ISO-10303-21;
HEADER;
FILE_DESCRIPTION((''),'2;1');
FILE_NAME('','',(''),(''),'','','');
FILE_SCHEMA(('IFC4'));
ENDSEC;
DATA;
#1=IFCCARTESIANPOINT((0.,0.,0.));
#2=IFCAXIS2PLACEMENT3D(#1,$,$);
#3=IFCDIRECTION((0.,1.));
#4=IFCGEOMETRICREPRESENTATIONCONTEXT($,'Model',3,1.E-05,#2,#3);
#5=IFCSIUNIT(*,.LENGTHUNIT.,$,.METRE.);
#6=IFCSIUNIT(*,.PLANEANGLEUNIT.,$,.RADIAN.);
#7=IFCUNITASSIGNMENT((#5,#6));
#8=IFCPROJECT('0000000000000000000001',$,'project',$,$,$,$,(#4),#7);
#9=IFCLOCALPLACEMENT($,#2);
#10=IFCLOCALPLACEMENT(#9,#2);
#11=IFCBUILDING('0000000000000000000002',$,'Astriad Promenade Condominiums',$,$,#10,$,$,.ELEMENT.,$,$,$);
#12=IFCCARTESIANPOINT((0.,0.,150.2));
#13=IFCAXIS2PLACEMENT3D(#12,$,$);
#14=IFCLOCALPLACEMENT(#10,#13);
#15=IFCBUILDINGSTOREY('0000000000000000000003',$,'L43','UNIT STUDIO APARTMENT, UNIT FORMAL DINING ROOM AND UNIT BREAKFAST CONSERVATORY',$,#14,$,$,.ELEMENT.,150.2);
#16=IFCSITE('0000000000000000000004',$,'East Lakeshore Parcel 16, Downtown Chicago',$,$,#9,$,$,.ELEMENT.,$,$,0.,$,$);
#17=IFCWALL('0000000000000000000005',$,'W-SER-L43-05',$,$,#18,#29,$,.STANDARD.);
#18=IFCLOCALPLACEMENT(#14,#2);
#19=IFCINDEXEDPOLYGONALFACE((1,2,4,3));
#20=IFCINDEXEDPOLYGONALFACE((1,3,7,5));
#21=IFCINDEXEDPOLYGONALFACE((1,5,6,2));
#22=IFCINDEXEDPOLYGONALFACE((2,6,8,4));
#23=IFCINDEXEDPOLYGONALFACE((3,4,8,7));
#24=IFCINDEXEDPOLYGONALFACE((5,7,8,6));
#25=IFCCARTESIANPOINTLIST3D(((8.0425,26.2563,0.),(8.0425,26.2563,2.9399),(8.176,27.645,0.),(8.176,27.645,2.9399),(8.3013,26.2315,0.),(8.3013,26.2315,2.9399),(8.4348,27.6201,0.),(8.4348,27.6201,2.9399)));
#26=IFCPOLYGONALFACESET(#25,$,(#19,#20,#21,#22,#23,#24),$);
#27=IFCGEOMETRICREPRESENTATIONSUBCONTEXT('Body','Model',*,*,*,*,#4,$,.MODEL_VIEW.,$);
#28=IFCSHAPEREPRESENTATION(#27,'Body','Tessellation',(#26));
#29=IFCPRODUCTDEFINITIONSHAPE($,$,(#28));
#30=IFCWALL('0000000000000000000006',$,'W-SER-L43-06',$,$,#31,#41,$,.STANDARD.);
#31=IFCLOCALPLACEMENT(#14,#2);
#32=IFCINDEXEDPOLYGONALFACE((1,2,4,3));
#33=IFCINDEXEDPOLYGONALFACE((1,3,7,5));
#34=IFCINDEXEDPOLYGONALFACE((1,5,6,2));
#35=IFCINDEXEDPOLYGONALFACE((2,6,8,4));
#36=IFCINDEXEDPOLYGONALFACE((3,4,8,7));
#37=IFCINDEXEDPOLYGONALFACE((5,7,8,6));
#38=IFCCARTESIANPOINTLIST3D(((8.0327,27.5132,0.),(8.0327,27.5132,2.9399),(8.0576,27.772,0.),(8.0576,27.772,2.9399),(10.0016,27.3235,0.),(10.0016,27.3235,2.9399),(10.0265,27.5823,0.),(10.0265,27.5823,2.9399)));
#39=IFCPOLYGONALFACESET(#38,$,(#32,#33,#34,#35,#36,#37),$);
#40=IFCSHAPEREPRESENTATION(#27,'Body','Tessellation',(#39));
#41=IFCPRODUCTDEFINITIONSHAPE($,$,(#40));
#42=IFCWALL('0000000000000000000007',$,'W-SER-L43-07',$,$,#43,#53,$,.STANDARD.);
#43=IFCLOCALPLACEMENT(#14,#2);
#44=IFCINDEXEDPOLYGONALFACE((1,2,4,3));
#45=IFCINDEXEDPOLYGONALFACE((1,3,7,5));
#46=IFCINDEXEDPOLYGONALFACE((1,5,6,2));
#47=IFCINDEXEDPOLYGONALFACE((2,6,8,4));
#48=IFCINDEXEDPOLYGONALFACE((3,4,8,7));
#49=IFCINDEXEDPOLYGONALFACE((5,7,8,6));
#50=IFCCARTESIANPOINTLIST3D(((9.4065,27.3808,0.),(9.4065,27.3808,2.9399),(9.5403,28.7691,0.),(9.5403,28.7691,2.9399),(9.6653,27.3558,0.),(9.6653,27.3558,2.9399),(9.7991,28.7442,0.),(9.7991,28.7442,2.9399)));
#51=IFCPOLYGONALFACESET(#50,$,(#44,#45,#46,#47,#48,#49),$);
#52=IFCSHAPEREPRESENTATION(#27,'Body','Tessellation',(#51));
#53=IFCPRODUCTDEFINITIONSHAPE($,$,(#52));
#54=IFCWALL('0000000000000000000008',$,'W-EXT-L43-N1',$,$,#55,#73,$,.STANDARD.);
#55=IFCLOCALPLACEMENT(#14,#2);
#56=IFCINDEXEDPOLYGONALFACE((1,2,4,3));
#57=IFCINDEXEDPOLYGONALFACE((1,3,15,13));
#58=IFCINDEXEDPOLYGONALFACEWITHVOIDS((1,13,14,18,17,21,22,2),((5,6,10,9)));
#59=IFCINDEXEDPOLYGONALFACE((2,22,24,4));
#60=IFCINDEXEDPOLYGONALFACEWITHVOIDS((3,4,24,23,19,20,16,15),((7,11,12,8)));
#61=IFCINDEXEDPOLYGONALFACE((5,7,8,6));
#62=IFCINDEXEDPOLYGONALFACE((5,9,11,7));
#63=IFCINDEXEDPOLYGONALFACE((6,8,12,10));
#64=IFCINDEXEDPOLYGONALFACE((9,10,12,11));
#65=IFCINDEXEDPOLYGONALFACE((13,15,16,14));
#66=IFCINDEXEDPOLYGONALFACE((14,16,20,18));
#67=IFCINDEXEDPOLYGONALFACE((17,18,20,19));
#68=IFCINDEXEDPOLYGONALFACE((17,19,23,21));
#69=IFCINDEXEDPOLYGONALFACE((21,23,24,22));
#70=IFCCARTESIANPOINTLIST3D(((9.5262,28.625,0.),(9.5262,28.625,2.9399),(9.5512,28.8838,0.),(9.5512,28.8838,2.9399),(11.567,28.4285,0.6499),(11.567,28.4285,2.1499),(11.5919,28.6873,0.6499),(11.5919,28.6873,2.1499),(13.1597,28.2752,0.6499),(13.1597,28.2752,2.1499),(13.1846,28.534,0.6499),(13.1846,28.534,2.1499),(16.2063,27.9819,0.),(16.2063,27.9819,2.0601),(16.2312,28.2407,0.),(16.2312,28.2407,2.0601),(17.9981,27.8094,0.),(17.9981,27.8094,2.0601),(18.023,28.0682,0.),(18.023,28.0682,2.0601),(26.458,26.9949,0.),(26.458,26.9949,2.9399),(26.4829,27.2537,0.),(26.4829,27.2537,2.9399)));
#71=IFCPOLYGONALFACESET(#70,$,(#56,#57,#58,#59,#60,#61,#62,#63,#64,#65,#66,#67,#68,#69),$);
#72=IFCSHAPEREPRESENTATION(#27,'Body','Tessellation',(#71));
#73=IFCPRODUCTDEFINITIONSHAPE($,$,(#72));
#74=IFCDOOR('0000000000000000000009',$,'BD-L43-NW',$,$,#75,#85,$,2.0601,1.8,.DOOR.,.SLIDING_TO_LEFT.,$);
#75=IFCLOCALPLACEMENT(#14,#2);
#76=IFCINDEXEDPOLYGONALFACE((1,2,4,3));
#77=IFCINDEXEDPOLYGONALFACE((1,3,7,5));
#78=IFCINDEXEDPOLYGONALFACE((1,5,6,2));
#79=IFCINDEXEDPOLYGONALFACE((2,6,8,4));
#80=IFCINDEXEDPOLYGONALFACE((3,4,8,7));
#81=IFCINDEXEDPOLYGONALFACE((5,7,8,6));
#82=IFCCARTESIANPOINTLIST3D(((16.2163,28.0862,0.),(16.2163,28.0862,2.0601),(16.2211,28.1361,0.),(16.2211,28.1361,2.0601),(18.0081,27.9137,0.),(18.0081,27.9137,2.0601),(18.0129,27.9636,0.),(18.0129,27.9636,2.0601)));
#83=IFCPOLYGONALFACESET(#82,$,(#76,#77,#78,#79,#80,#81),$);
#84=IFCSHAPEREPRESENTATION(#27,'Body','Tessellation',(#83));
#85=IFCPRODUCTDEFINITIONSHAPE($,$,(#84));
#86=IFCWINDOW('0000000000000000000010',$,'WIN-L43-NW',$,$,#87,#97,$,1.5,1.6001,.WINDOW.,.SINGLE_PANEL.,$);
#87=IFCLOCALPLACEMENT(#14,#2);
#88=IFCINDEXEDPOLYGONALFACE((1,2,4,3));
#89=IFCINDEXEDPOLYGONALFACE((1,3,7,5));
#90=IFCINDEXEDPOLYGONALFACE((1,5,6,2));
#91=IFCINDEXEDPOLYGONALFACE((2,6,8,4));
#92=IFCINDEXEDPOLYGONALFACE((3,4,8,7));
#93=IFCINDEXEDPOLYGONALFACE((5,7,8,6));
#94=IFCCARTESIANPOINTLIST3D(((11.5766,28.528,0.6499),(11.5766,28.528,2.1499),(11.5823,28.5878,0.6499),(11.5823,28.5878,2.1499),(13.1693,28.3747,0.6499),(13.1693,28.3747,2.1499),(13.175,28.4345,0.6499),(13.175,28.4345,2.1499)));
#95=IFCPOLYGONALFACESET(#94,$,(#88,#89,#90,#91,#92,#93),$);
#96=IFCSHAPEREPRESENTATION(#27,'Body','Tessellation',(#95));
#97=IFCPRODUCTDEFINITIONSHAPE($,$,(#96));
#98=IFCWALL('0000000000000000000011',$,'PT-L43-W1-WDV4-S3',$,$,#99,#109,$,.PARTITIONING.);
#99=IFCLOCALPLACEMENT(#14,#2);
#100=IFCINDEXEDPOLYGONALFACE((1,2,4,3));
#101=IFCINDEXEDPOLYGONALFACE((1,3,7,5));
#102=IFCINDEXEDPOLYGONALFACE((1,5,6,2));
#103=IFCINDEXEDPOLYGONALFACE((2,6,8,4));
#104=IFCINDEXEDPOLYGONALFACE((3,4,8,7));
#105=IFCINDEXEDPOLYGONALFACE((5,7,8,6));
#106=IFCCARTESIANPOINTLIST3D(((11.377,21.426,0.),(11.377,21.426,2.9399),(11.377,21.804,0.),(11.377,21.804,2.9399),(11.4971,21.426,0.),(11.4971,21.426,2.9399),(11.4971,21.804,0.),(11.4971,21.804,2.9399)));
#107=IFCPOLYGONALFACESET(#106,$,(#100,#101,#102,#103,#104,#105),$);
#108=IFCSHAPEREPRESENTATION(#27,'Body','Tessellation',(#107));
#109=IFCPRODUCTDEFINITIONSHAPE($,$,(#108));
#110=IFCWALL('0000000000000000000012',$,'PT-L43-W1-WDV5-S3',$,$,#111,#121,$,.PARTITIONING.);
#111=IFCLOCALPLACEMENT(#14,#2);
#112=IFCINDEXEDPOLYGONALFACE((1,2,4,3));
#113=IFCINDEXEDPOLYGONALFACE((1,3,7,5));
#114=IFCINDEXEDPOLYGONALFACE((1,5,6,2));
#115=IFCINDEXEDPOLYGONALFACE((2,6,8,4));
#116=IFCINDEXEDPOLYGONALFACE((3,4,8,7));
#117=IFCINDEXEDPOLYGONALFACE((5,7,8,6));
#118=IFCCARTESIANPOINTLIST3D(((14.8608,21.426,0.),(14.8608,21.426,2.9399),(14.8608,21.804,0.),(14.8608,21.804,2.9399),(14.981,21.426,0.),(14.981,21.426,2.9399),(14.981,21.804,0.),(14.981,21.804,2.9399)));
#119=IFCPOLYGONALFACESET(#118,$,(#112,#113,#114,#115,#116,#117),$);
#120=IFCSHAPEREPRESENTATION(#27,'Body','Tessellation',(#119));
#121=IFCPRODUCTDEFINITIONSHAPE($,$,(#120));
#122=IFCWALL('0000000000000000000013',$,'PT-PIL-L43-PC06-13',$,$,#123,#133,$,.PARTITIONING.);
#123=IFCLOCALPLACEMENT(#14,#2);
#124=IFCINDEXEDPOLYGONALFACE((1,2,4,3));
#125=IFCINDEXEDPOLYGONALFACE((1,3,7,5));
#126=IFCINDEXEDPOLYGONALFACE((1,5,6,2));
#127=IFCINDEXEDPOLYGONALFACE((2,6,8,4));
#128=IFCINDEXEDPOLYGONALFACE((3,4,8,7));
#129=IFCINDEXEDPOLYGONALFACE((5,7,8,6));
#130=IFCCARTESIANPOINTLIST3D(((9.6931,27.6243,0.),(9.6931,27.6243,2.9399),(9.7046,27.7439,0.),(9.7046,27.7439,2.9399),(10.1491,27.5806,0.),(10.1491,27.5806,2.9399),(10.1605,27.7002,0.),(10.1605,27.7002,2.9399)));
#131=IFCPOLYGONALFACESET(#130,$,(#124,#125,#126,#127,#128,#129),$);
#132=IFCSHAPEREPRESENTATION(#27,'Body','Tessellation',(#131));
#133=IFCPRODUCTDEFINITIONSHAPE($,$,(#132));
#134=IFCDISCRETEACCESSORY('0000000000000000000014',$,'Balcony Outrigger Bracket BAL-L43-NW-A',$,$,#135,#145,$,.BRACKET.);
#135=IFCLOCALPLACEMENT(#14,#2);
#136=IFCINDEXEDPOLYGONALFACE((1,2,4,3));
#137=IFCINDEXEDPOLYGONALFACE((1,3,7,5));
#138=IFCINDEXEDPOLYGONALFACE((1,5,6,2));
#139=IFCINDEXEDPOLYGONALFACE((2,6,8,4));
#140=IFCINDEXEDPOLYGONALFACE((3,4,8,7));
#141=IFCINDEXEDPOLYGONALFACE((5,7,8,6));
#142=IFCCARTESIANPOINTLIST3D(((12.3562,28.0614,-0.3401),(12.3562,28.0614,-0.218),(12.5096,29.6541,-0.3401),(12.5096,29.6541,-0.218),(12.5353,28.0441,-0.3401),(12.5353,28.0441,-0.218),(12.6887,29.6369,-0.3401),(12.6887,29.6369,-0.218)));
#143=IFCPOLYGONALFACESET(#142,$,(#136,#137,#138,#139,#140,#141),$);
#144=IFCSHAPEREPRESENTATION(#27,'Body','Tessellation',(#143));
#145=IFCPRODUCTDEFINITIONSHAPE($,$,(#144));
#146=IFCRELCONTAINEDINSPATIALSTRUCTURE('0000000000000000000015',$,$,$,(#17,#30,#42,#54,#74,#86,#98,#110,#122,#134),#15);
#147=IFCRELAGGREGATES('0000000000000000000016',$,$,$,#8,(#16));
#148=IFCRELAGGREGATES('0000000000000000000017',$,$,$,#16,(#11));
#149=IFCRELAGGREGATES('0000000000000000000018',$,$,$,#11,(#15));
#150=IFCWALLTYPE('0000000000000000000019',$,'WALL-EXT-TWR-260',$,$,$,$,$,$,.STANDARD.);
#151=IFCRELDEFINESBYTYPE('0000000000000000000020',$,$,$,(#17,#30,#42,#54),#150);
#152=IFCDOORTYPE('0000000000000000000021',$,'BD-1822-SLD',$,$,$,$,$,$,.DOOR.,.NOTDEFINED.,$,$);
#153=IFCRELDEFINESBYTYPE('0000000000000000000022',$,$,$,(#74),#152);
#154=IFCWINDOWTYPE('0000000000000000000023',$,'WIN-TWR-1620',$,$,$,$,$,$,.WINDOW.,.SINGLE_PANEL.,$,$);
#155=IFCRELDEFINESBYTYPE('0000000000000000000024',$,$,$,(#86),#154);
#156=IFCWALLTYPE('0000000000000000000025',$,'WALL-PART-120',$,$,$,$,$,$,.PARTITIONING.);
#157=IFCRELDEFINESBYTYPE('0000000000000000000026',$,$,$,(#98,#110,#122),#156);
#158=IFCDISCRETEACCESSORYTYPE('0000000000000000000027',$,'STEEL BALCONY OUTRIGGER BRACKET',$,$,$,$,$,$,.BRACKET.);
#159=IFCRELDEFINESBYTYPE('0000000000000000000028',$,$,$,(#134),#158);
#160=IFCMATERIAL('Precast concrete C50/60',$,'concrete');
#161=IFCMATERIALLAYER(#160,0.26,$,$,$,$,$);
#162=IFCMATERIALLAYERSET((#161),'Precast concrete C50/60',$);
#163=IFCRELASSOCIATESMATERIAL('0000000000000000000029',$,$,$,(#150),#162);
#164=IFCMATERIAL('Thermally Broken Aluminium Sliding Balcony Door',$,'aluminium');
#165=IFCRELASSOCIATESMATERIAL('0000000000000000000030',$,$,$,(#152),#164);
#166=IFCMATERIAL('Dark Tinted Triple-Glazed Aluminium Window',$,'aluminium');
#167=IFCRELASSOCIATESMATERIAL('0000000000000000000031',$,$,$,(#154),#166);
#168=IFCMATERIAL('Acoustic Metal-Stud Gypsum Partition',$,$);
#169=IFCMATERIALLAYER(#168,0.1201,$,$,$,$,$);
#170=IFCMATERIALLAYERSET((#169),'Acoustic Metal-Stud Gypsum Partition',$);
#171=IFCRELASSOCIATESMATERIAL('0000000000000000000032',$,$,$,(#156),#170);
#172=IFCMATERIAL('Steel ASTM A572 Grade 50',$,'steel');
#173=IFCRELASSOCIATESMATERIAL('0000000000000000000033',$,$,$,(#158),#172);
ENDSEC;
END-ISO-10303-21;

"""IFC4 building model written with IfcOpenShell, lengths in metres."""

from ifc_helpers import new_model, si_unit, direction, frame, frame_2d, origin, origin_2d, place, context, subcontext, project, spatial, rectangle, extrude, source, transform, mapped, material, layer, layer_set, type_object, type_shapes, element, fill, save


model = new_model("IFC4")

# Units and contexts
model_context = context("Model", 3, precision=1e-05, world=origin(), true_north=direction((0.0, 1.0)))
body_context = subcontext(model_context, "Body", "Model", "MODEL_VIEW")
ifc_project = project(units=[si_unit("LENGTHUNIT", "METRE"), si_unit("PLANEANGLEUNIT", "RADIAN")], contexts=[model_context])

# Site, building, storey
site_placement = place(None, origin())
site = spatial("IfcSite", under=ifc_project, at=site_placement, Name="East Lakeshore Parcel 16, Downtown Chicago", CompositionType="ELEMENT", RefElevation=0.0)
building_placement = place(site_placement, origin())
building = spatial("IfcBuilding", under=site, at=building_placement, Name="Astriad Promenade Condominiums", CompositionType="ELEMENT")
storey_placement = place(building_placement, frame((0.0, 0.0, 150.2)))
storey = spatial("IfcBuildingStorey", under=building, at=storey_placement, Name="L43", Description="UNIT STUDIO APARTMENT, UNIT FORMAL DINING ROOM AND UNIT BREAKFAST CONSERVATORY", CompositionType="ELEMENT", Elevation=150.2)

# Walls
ifc_material_1 = material(Name="Precast concrete C50/60", Category="concrete")
ifc_layer_1 = layer(ifc_material_1, 0.26)
ifc_layer_set_1 = layer_set([ifc_layer_1], Name="Precast concrete C50/60")
wall_type_1 = type_object("IfcWallType", Name="WALL-EXT-TWR-260", PredefinedType="STANDARD", material=ifc_layer_set_1)
wall_1_placement = place(storey_placement, frame((8.1719, 26.2439, 0.0), z_axis=(0.0, 0.0, 1.0), x_axis=(0.095726, 0.995408, 0.0)))
element("IfcWall", 1, at=wall_1_placement, inside=storey, type_object=wall_type_1, Name="W-SER-L43-05", PredefinedType="STANDARD", context=body_context, shape_type="SweptSolid", body=[
    extrude(rectangle(XDim=1.395, YDim=0.26, at=frame_2d((0.6975, 0.0))), origin(), (0.0, 0.0, 1.0), 2.9399),
])
wall_2_placement = place(storey_placement, frame((8.0452, 27.6426, 0.0), z_axis=(0.0, 0.0, 1.0), x_axis=(0.995391, -0.095898, 0.0)))
element("IfcWall", 2, at=wall_2_placement, inside=storey, type_object=wall_type_1, Name="W-SER-L43-06", PredefinedType="STANDARD", context=body_context, shape_type="SweptSolid", body=[
    extrude(rectangle(XDim=1.978, YDim=0.26, at=frame_2d((0.989, 0.0))), origin(), (0.0, 0.0, 1.0), 2.9399),
])
wall_3_placement = place(storey_placement, frame((9.5359, 27.3684, 0.0), z_axis=(0.0, 0.0, 1.0), x_axis=(0.095916, 0.995389, 0.0)))
element("IfcWall", 3, at=wall_3_placement, inside=storey, type_object=wall_type_1, Name="W-SER-L43-07", PredefinedType="STANDARD", context=body_context, shape_type="SweptSolid", body=[
    extrude(rectangle(XDim=1.3948, YDim=0.26, at=frame_2d((0.6973, 0.0))), origin(), (0.0, 0.0, 1.0), 2.9399),
])

# Wall, openings, door, window
wall_4_placement = place(storey_placement, frame((9.5388, 28.7544, 0.0), z_axis=(0.0, 0.0, 1.0), x_axis=(0.995397, -0.095834, 0.0)))
wall_4 = element("IfcWall", 4, at=wall_4_placement, inside=storey, type_object=wall_type_1, Name="W-EXT-L43-N1", PredefinedType="STANDARD", context=body_context, shape_type="SweptSolid", body=[
    extrude(rectangle(XDim=17.01, YDim=0.26, at=frame_2d((8.5049, 0.0))), origin(), (0.0, 0.0, 1.0), 2.9399),
])
opening_1_placement = place(wall_4_placement, frame((6.7109, 0.0, 0.0)))
opening_1 = element("IfcOpeningElement", 5, at=opening_1_placement, cuts=wall_4, PredefinedType="OPENING", context=body_context, shape_type="SweptSolid", body=[
    extrude(rectangle(XDim=1.8, YDim=2.0601, at=frame_2d((0.8999, 1.03))), frame((0.0, 0.1399, 0.0), z_axis=(0.0, -1.0, 0.0), x_axis=(1.0, 0.0, 0.0)), (0.0, 0.0, 1.0), 0.28),
])
opening_2_placement = place(wall_4_placement, frame((2.05, 0.0, 0.6499)))
opening_2 = element("IfcOpeningElement", 6, at=opening_2_placement, cuts=wall_4, PredefinedType="OPENING", context=body_context, shape_type="SweptSolid", body=[
    extrude(rectangle(XDim=1.6001, YDim=1.5, at=frame_2d((0.8, 0.75))), frame((0.0, 0.1399, 0.0), z_axis=(0.0, -1.0, 0.0), x_axis=(1.0, 0.0, 0.0)), (0.0, 0.0, 1.0), 0.28),
])
ifc_material_2 = material(Name="Thermally Broken Aluminium Sliding Balcony Door", Category="aluminium")
door_type = type_object("IfcDoorType", Name="BD-1822-SLD", OperationType="NOTDEFINED", PredefinedType="DOOR", material=ifc_material_2)
shared_shape_1 = source(origin(), body_context, "Body", "SweptSolid", [
    extrude(rectangle(XDim=1.8, YDim=2.0601, at=frame_2d((0.8999, 1.03))), frame((0.0, 0.0249, 0.0), z_axis=(0.0, -1.0, 0.0), x_axis=(1.0, 0.0, 0.0)), (0.0, 0.0, 1.0), 0.05),
])
type_shapes(door_type, [shared_shape_1])
door_placement = place(opening_1_placement, origin())
door = element("IfcDoor", 7, at=door_placement, inside=storey, type_object=door_type, Name="BD-L43-NW", OperationType="SLIDING_TO_LEFT", OverallHeight=2.0601, OverallWidth=1.8, PredefinedType="DOOR", context=body_context, shape_type="MappedRepresentation", body=[
    mapped(shared_shape_1, transform((0.0, 0.0, 0.0), scale=1.0)),
])
fill(opening_1, door)
ifc_material_3 = material(Name="Dark Tinted Triple-Glazed Aluminium Window", Category="aluminium")
window_type = type_object("IfcWindowType", Name="WIN-TWR-1620", PartitioningType="SINGLE_PANEL", PredefinedType="WINDOW", material=ifc_material_3)
shared_shape_2 = source(origin(), body_context, "Body", "SweptSolid", [
    extrude(rectangle(XDim=1.6001, YDim=1.5, at=frame_2d((0.8, 0.75))), frame((0.0, 0.03, 0.0), z_axis=(0.0, -1.0, 0.0), x_axis=(1.0, 0.0, 0.0)), (0.0, 0.0, 1.0), 0.0601),
])
type_shapes(window_type, [shared_shape_2])
window_placement = place(opening_2_placement, origin())
window = element("IfcWindow", 8, at=window_placement, inside=storey, type_object=window_type, Name="WIN-L43-NW", OverallHeight=1.5, OverallWidth=1.6001, PartitioningType="SINGLE_PANEL", PredefinedType="WINDOW", context=body_context, shape_type="MappedRepresentation", body=[
    mapped(shared_shape_2, transform((0.0, 0.0, 0.0), scale=1.0)),
])
fill(opening_2, window)

# Walls
ifc_material_4 = material(Name="Acoustic Metal-Stud Gypsum Partition")
ifc_layer_2 = layer(ifc_material_4, 0.1201)
ifc_layer_set_2 = layer_set([ifc_layer_2], Name="Acoustic Metal-Stud Gypsum Partition")
wall_type_2 = type_object("IfcWallType", Name="WALL-PART-120", PredefinedType="PARTITIONING", material=ifc_layer_set_2)
for number, where, z_axis, x_axis, name in (
    (9, (11.437, 21.426, 0.0), (0.0, 0.0, 1.0), (0.0, 1.0, 0.0), "PT-L43-W1-WDV4-S3"),
    (10, (14.9209, 21.426, 0.0), (0.0, 0.0, 1.0), (0.0, 1.0, 0.0), "PT-L43-W1-WDV5-S3"),
):
    element("IfcWall", number, at=place(storey_placement, frame(where, z_axis=z_axis, x_axis=x_axis)), inside=storey, type_object=wall_type_2, Name=name, PredefinedType="PARTITIONING", context=body_context, shape_type="SweptSolid", body=[
        extrude(rectangle(XDim=0.3779, YDim=0.1201, at=frame_2d((0.189, 0.0))), origin(), (0.0, 0.0, 1.0), 2.9399),
    ])
wall_5_placement = place(storey_placement, frame((10.1548, 27.6404, 0.0), z_axis=(0.0, 0.0, 1.0), x_axis=(-0.995435, 0.095438, 0.0)))
element("IfcWall", 11, at=wall_5_placement, inside=storey, type_object=wall_type_2, Name="PT-PIL-L43-PC06-13", PredefinedType="PARTITIONING", context=body_context, shape_type="SweptSolid", body=[
    extrude(rectangle(XDim=0.458, YDim=0.1201, at=frame_2d((0.229, 0.0))), origin(), (0.0, 0.0, 1.0), 2.9399),
])

# Discrete accessory
ifc_material_5 = material(Name="Steel ASTM A572 Grade 50", Category="steel")
discrete_accessory_type = type_object("IfcDiscreteAccessoryType", Name="STEEL BALCONY OUTRIGGER BRACKET", PredefinedType="BRACKET", material=ifc_material_5)
shared_shape_3 = source(origin(), body_context, "Body", "SweptSolid", [
    extrude(rectangle(XDim=1.6001, YDim=0.1799, at=origin_2d()), origin(), (0.0, 0.0, 1.0), 0.1221),
])
type_shapes(discrete_accessory_type, [shared_shape_3])
discrete_accessory_placement = place(storey_placement, frame((12.5225, 28.8491, -0.3401), z_axis=(0.0, 0.0, 1.0), x_axis=(0.095846, 0.995396, 0.0)))
element("IfcDiscreteAccessory", 12, at=discrete_accessory_placement, inside=storey, type_object=discrete_accessory_type, Name="Balcony Outrigger Bracket BAL-L43-NW-A", PredefinedType="BRACKET", context=body_context, shape_type="MappedRepresentation", body=[
    mapped(shared_shape_3, transform((0.0, 0.0, 0.0), scale=1.0)),
])

save(model, "model.ifc")
